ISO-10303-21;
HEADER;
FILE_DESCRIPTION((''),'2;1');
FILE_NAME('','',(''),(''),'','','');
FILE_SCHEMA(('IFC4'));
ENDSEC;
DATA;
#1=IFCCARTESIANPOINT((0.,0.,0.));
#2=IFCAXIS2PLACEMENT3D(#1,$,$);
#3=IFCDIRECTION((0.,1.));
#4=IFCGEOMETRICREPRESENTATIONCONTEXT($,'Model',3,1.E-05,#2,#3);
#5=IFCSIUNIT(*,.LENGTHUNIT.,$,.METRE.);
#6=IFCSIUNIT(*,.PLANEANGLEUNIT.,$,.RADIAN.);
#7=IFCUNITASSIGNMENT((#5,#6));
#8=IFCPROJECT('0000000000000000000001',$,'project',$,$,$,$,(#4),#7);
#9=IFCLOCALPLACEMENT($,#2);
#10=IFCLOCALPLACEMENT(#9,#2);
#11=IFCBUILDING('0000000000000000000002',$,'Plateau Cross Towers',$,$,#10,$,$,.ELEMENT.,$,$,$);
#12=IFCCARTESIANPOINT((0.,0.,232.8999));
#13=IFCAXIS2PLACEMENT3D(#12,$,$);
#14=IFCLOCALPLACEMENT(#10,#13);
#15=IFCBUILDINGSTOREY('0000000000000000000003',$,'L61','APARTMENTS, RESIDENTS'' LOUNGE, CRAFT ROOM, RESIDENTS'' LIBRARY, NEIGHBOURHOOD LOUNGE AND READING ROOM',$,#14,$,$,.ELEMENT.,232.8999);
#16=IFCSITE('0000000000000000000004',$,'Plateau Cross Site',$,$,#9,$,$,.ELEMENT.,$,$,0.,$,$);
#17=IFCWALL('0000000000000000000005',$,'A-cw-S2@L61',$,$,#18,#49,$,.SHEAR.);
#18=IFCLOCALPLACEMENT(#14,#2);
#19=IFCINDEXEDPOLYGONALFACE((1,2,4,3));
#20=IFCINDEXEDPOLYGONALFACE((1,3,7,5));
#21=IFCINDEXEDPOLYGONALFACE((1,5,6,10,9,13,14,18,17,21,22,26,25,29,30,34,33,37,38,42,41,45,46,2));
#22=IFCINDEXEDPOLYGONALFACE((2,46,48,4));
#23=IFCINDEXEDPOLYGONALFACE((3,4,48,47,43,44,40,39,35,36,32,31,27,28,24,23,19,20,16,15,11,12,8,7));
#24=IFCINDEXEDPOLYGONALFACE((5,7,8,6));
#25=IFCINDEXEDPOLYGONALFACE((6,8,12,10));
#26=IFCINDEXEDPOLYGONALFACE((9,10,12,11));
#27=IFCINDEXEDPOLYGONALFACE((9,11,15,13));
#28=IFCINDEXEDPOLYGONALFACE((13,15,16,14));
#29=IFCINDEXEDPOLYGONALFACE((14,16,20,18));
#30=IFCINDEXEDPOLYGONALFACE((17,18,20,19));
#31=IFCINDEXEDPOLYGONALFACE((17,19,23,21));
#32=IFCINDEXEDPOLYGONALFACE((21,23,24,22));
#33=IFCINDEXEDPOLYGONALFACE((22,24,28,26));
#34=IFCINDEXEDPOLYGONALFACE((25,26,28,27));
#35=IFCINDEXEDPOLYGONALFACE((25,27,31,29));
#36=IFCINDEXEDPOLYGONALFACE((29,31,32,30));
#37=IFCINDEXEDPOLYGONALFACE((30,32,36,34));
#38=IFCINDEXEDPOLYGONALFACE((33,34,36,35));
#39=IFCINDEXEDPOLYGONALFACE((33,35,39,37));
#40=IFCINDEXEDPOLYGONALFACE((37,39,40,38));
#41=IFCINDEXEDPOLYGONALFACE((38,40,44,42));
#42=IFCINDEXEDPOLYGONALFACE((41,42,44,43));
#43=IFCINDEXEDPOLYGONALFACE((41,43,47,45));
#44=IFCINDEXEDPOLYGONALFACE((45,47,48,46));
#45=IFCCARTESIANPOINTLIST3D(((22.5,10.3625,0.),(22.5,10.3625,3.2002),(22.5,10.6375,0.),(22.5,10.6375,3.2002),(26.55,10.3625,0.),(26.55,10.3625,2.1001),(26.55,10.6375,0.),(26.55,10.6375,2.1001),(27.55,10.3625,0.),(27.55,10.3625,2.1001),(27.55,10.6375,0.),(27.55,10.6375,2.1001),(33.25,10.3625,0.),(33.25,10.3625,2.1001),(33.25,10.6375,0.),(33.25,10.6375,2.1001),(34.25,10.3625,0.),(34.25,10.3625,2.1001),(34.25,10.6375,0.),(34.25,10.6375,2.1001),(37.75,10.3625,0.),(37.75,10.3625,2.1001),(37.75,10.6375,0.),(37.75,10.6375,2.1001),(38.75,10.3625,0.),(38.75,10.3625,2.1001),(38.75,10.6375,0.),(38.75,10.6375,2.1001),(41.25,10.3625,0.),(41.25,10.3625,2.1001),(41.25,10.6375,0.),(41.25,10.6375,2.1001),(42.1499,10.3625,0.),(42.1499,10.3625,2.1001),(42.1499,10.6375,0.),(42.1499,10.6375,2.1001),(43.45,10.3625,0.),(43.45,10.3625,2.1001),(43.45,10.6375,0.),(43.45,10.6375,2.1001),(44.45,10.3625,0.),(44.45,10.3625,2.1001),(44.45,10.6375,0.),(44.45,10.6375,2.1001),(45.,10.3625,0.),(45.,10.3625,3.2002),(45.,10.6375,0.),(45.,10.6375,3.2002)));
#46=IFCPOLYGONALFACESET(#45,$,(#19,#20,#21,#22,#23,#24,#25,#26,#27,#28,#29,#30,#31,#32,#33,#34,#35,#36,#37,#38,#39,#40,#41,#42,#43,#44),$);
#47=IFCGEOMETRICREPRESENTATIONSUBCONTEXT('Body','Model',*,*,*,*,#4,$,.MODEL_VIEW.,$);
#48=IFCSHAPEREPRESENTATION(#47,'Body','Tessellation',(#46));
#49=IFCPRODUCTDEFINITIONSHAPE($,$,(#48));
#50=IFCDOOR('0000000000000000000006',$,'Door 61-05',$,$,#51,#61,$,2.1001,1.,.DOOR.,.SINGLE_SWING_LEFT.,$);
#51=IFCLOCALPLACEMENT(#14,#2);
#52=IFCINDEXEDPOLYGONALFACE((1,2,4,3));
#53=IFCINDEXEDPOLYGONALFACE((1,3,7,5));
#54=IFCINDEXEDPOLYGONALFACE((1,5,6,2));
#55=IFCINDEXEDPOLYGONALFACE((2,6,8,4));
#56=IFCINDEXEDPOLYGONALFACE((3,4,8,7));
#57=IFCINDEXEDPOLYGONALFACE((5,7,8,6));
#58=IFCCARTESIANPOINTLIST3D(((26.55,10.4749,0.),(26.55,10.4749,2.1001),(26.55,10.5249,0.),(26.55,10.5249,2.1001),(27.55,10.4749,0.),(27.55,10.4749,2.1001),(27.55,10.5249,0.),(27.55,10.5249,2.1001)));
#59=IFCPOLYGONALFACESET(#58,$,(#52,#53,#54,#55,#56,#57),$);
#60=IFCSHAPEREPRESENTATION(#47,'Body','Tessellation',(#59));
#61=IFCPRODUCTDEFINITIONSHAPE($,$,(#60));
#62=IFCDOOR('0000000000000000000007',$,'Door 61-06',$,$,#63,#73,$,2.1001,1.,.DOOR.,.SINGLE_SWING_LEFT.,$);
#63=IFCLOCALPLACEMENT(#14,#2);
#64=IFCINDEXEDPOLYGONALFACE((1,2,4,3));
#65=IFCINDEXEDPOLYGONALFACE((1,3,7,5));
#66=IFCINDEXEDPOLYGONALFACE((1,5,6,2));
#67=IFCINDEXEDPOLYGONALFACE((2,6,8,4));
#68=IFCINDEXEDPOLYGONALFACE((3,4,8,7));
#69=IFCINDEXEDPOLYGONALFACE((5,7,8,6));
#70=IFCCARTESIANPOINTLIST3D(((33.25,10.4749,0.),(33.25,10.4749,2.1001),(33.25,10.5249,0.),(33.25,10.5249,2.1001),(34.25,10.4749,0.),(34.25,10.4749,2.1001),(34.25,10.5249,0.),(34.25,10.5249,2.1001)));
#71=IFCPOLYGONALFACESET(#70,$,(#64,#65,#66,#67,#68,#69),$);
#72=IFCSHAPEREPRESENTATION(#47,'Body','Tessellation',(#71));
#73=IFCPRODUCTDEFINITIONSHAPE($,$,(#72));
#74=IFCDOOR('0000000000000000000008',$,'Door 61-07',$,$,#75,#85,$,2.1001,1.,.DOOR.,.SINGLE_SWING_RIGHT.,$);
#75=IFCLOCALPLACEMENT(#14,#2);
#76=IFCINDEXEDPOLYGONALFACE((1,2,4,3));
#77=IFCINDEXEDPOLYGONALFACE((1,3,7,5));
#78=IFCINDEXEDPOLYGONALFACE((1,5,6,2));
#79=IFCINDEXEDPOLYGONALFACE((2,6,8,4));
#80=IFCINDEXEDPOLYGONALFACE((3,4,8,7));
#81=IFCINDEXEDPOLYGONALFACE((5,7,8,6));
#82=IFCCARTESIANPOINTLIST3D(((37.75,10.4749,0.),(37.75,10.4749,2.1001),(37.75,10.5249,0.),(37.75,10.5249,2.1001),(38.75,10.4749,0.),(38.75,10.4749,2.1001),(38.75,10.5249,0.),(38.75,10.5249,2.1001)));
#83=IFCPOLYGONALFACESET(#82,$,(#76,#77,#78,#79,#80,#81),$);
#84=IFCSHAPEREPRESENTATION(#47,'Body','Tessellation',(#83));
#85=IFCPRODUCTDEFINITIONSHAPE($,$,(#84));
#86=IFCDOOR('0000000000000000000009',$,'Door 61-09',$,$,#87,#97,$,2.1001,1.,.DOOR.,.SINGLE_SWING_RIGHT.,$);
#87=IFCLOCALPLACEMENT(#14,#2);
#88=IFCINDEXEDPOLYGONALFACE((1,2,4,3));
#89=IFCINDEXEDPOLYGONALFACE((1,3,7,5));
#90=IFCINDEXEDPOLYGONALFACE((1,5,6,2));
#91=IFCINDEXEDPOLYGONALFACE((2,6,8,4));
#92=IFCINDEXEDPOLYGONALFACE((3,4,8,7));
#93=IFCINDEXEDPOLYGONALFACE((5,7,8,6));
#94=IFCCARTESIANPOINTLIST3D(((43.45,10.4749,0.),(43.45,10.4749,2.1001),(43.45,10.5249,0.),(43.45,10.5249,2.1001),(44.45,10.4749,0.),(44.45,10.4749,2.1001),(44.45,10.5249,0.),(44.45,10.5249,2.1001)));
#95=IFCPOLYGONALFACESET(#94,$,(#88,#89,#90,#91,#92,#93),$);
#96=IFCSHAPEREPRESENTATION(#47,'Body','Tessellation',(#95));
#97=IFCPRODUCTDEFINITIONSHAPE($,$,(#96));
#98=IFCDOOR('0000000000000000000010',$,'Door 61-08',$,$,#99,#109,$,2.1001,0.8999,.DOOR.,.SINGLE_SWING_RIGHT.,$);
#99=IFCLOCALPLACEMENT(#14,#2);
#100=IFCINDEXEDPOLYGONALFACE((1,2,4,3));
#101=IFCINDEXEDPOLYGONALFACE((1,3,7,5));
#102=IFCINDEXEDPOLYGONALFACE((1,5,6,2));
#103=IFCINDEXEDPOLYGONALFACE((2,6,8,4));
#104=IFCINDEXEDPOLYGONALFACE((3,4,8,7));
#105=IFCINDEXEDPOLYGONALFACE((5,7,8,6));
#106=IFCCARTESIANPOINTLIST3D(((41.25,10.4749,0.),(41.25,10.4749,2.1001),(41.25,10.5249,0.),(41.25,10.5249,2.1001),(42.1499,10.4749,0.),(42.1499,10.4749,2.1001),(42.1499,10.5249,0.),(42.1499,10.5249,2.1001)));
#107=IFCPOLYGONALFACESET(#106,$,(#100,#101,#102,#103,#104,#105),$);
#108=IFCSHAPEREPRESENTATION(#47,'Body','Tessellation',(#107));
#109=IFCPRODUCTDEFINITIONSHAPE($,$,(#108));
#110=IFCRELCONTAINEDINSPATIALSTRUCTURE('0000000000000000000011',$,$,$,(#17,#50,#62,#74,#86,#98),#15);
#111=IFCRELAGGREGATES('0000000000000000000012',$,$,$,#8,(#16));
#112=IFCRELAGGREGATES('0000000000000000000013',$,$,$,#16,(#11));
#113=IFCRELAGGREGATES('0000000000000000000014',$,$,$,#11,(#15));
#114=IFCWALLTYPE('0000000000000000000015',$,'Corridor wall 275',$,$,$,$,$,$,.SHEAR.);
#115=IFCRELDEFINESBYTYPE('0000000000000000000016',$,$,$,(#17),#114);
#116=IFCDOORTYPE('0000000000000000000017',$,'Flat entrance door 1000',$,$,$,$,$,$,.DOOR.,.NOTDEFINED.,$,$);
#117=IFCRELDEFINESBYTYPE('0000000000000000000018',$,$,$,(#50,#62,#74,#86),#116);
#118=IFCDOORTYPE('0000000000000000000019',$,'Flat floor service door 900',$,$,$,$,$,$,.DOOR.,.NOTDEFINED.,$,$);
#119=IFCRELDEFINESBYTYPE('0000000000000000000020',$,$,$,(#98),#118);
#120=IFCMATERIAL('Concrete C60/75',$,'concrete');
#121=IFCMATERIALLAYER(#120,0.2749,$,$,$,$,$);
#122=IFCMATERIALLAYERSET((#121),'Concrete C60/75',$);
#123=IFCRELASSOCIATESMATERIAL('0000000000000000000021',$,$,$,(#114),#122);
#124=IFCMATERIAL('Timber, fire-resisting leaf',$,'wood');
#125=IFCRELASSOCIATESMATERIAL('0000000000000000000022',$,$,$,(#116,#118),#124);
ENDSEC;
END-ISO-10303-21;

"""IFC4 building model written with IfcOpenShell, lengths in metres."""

from ifc_helpers import new_model, si_unit, direction, frame, frame_2d, origin, place, context, subcontext, project, spatial, rectangle, extrude, material, layer, layer_set, type_object, element, fill, save


model = new_model("IFC4")

# Units and contexts
model_context = context("Model", 3, precision=1e-05, world=origin(), true_north=direction((0.0, 1.0)))
body_context = subcontext(model_context, "Body", "Model", "MODEL_VIEW")
ifc_project = project(units=[si_unit("LENGTHUNIT", "METRE"), si_unit("PLANEANGLEUNIT", "RADIAN")], contexts=[model_context])

# Site, building, storey
site_placement = place(None, origin())
site = spatial("IfcSite", under=ifc_project, at=site_placement, Name="Plateau Cross Site", CompositionType="ELEMENT", RefElevation=0.0)
building_placement = place(site_placement, origin())
building = spatial("IfcBuilding", under=site, at=building_placement, Name="Plateau Cross Towers", CompositionType="ELEMENT")
storey_placement = place(building_placement, frame((0.0, 0.0, 232.8999)))
storey = spatial("IfcBuildingStorey", under=building, at=storey_placement, Name="L61", Description="APARTMENTS, RESIDENTS' LOUNGE, CRAFT ROOM, RESIDENTS' LIBRARY, NEIGHBOURHOOD LOUNGE AND READING ROOM", CompositionType="ELEMENT", Elevation=232.8999)

# Shared definitions
ifc_material_1 = material(Name="Concrete C60/75", Category="concrete")

# Wall, openings, doors
ifc_layer_1 = layer(ifc_material_1, 0.2749)
ifc_layer_set_1 = layer_set([ifc_layer_1], Name="Concrete C60/75")
wall_type_1 = type_object("IfcWallType", Name="Corridor wall 275", PredefinedType="SHEAR", material=ifc_layer_set_1)
ifc_material_2 = material(Name="Timber, fire-resisting leaf", Category="wood")
door_type_1 = type_object("IfcDoorType", Name="Flat entrance door 1000", OperationType="NOTDEFINED", PredefinedType="DOOR", material=ifc_material_2)
wall_1_placement = place(storey_placement, frame((22.5, 10.5, 0.0), z_axis=(0.0, 0.0, 1.0), x_axis=(1.0, 0.0, 0.0)))
wall_1 = element("IfcWall", 1, at=wall_1_placement, inside=storey, type_object=wall_type_1, Name="A-cw-S2@L61", PredefinedType="SHEAR", context=body_context, shape_type="SweptSolid", body=[
    extrude(rectangle(XDim=22.5, YDim=0.2749, at=frame_2d((11.25, 0.0))), origin(), (0.0, 0.0, 1.0), 3.2002),
])
opening_1_placement = place(wall_1_placement, frame((4.05, 0.0, 0.0)))
opening_1 = element("IfcOpeningElement", 2, at=opening_1_placement, cuts=wall_1, PredefinedType="OPENING", context=body_context, shape_type="SweptSolid", body=[
    extrude(rectangle(XDim=1.0, YDim=2.1001, at=frame_2d((0.5, 1.05))), frame((0.0, 0.1475, 0.0), z_axis=(0.0, -1.0, 0.0), x_axis=(1.0, 0.0, 0.0)), (0.0, 0.0, 1.0), 0.2949),
])
opening_2_placement = place(wall_1_placement, frame((10.75, 0.0, 0.0)))
opening_2 = element("IfcOpeningElement", 3, at=opening_2_placement, cuts=wall_1, PredefinedType="OPENING", context=body_context, shape_type="SweptSolid", body=[
    extrude(rectangle(XDim=1.0, YDim=2.1001, at=frame_2d((0.5, 1.05))), frame((0.0, 0.1475, 0.0), z_axis=(0.0, -1.0, 0.0), x_axis=(1.0, 0.0, 0.0)), (0.0, 0.0, 1.0), 0.2949),
])
opening_3_placement = place(wall_1_placement, frame((15.25, 0.0, 0.0)))
opening_3 = element("IfcOpeningElement", 4, at=opening_3_placement, cuts=wall_1, PredefinedType="OPENING", context=body_context, shape_type="SweptSolid", body=[
    extrude(rectangle(XDim=1.0, YDim=2.1001, at=frame_2d((0.5, 1.05))), frame((0.0, 0.1475, 0.0), z_axis=(0.0, -1.0, 0.0), x_axis=(1.0, 0.0, 0.0)), (0.0, 0.0, 1.0), 0.2949),
])
opening_4_placement = place(wall_1_placement, frame((18.75, 0.0, 0.0)))
opening_4 = element("IfcOpeningElement", 5, at=opening_4_placement, cuts=wall_1, PredefinedType="OPENING", context=body_context, shape_type="SweptSolid", body=[
    extrude(rectangle(XDim=0.8999, YDim=2.1001, at=frame_2d((0.45, 1.05))), frame((0.0, 0.1475, 0.0), z_axis=(0.0, -1.0, 0.0), x_axis=(1.0, 0.0, 0.0)), (0.0, 0.0, 1.0), 0.2949),
])
opening_5_placement = place(wall_1_placement, frame((20.95, 0.0, 0.0)))
opening_5 = element("IfcOpeningElement", 6, at=opening_5_placement, cuts=wall_1, PredefinedType="OPENING", context=body_context, shape_type="SweptSolid", body=[
    extrude(rectangle(XDim=1.0, YDim=2.1001, at=frame_2d((0.5, 1.05))), frame((0.0, 0.1475, 0.0), z_axis=(0.0, -1.0, 0.0), x_axis=(1.0, 0.0, 0.0)), (0.0, 0.0, 1.0), 0.2949),
])
door_1_placement = place(opening_1_placement, origin())
door_1 = element("IfcDoor", 7, at=door_1_placement, inside=storey, type_object=door_type_1, Name="Door 61-05", OperationType="SINGLE_SWING_LEFT", OverallHeight=2.1001, OverallWidth=1.0, PredefinedType="DOOR", context=body_context, shape_type="SweptSolid", body=[
    extrude(rectangle(XDim=1.0, YDim=2.1001, at=frame_2d((0.5, 1.05))), frame((0.0, 0.0249, 0.0), z_axis=(0.0, -1.0, 0.0), x_axis=(1.0, 0.0, 0.0)), (0.0, 0.0, 1.0), 0.05),
])
fill(opening_1, door_1)
door_2_placement = place(opening_2_placement, origin())
door_2 = element("IfcDoor", 8, at=door_2_placement, inside=storey, type_object=door_type_1, Name="Door 61-06", OperationType="SINGLE_SWING_LEFT", OverallHeight=2.1001, OverallWidth=1.0, PredefinedType="DOOR", context=body_context, shape_type="SweptSolid", body=[
    extrude(rectangle(XDim=1.0, YDim=2.1001, at=frame_2d((0.5, 1.05))), frame((0.0, 0.0249, 0.0), z_axis=(0.0, -1.0, 0.0), x_axis=(1.0, 0.0, 0.0)), (0.0, 0.0, 1.0), 0.05),
])
fill(opening_2, door_2)
door_3_placement = place(opening_3_placement, origin())
door_3 = element("IfcDoor", 9, at=door_3_placement, inside=storey, type_object=door_type_1, Name="Door 61-07", OperationType="SINGLE_SWING_RIGHT", OverallHeight=2.1001, OverallWidth=1.0, PredefinedType="DOOR", context=body_context, shape_type="SweptSolid", body=[
    extrude(rectangle(XDim=1.0, YDim=2.1001, at=frame_2d((0.5, 1.05))), frame((0.0, 0.0249, 0.0), z_axis=(0.0, -1.0, 0.0), x_axis=(1.0, 0.0, 0.0)), (0.0, 0.0, 1.0), 0.05),
])
fill(opening_3, door_3)
door_4_placement = place(opening_5_placement, origin())
door_4 = element("IfcDoor", 10, at=door_4_placement, inside=storey, type_object=door_type_1, Name="Door 61-09", OperationType="SINGLE_SWING_RIGHT", OverallHeight=2.1001, OverallWidth=1.0, PredefinedType="DOOR", context=body_context, shape_type="SweptSolid", body=[
    extrude(rectangle(XDim=1.0, YDim=2.1001, at=frame_2d((0.5, 1.05))), frame((0.0, 0.0249, 0.0), z_axis=(0.0, -1.0, 0.0), x_axis=(1.0, 0.0, 0.0)), (0.0, 0.0, 1.0), 0.05),
])
fill(opening_5, door_4)
door_type_2 = type_object("IfcDoorType", Name="Flat floor service door 900", OperationType="NOTDEFINED", PredefinedType="DOOR", material=ifc_material_2)
door_5_placement = place(opening_4_placement, origin())
door_5 = element("IfcDoor", 11, at=door_5_placement, inside=storey, type_object=door_type_2, Name="Door 61-08", OperationType="SINGLE_SWING_RIGHT", OverallHeight=2.1001, OverallWidth=0.8999, PredefinedType="DOOR", context=body_context, shape_type="SweptSolid", body=[
    extrude(rectangle(XDim=0.8999, YDim=2.1001, at=frame_2d((0.45, 1.05))), frame((0.0, 0.0249, 0.0), z_axis=(0.0, -1.0, 0.0), x_axis=(1.0, 0.0, 0.0)), (0.0, 0.0, 1.0), 0.05),
])
fill(opening_4, door_5)

save(model, "model.ifc")
